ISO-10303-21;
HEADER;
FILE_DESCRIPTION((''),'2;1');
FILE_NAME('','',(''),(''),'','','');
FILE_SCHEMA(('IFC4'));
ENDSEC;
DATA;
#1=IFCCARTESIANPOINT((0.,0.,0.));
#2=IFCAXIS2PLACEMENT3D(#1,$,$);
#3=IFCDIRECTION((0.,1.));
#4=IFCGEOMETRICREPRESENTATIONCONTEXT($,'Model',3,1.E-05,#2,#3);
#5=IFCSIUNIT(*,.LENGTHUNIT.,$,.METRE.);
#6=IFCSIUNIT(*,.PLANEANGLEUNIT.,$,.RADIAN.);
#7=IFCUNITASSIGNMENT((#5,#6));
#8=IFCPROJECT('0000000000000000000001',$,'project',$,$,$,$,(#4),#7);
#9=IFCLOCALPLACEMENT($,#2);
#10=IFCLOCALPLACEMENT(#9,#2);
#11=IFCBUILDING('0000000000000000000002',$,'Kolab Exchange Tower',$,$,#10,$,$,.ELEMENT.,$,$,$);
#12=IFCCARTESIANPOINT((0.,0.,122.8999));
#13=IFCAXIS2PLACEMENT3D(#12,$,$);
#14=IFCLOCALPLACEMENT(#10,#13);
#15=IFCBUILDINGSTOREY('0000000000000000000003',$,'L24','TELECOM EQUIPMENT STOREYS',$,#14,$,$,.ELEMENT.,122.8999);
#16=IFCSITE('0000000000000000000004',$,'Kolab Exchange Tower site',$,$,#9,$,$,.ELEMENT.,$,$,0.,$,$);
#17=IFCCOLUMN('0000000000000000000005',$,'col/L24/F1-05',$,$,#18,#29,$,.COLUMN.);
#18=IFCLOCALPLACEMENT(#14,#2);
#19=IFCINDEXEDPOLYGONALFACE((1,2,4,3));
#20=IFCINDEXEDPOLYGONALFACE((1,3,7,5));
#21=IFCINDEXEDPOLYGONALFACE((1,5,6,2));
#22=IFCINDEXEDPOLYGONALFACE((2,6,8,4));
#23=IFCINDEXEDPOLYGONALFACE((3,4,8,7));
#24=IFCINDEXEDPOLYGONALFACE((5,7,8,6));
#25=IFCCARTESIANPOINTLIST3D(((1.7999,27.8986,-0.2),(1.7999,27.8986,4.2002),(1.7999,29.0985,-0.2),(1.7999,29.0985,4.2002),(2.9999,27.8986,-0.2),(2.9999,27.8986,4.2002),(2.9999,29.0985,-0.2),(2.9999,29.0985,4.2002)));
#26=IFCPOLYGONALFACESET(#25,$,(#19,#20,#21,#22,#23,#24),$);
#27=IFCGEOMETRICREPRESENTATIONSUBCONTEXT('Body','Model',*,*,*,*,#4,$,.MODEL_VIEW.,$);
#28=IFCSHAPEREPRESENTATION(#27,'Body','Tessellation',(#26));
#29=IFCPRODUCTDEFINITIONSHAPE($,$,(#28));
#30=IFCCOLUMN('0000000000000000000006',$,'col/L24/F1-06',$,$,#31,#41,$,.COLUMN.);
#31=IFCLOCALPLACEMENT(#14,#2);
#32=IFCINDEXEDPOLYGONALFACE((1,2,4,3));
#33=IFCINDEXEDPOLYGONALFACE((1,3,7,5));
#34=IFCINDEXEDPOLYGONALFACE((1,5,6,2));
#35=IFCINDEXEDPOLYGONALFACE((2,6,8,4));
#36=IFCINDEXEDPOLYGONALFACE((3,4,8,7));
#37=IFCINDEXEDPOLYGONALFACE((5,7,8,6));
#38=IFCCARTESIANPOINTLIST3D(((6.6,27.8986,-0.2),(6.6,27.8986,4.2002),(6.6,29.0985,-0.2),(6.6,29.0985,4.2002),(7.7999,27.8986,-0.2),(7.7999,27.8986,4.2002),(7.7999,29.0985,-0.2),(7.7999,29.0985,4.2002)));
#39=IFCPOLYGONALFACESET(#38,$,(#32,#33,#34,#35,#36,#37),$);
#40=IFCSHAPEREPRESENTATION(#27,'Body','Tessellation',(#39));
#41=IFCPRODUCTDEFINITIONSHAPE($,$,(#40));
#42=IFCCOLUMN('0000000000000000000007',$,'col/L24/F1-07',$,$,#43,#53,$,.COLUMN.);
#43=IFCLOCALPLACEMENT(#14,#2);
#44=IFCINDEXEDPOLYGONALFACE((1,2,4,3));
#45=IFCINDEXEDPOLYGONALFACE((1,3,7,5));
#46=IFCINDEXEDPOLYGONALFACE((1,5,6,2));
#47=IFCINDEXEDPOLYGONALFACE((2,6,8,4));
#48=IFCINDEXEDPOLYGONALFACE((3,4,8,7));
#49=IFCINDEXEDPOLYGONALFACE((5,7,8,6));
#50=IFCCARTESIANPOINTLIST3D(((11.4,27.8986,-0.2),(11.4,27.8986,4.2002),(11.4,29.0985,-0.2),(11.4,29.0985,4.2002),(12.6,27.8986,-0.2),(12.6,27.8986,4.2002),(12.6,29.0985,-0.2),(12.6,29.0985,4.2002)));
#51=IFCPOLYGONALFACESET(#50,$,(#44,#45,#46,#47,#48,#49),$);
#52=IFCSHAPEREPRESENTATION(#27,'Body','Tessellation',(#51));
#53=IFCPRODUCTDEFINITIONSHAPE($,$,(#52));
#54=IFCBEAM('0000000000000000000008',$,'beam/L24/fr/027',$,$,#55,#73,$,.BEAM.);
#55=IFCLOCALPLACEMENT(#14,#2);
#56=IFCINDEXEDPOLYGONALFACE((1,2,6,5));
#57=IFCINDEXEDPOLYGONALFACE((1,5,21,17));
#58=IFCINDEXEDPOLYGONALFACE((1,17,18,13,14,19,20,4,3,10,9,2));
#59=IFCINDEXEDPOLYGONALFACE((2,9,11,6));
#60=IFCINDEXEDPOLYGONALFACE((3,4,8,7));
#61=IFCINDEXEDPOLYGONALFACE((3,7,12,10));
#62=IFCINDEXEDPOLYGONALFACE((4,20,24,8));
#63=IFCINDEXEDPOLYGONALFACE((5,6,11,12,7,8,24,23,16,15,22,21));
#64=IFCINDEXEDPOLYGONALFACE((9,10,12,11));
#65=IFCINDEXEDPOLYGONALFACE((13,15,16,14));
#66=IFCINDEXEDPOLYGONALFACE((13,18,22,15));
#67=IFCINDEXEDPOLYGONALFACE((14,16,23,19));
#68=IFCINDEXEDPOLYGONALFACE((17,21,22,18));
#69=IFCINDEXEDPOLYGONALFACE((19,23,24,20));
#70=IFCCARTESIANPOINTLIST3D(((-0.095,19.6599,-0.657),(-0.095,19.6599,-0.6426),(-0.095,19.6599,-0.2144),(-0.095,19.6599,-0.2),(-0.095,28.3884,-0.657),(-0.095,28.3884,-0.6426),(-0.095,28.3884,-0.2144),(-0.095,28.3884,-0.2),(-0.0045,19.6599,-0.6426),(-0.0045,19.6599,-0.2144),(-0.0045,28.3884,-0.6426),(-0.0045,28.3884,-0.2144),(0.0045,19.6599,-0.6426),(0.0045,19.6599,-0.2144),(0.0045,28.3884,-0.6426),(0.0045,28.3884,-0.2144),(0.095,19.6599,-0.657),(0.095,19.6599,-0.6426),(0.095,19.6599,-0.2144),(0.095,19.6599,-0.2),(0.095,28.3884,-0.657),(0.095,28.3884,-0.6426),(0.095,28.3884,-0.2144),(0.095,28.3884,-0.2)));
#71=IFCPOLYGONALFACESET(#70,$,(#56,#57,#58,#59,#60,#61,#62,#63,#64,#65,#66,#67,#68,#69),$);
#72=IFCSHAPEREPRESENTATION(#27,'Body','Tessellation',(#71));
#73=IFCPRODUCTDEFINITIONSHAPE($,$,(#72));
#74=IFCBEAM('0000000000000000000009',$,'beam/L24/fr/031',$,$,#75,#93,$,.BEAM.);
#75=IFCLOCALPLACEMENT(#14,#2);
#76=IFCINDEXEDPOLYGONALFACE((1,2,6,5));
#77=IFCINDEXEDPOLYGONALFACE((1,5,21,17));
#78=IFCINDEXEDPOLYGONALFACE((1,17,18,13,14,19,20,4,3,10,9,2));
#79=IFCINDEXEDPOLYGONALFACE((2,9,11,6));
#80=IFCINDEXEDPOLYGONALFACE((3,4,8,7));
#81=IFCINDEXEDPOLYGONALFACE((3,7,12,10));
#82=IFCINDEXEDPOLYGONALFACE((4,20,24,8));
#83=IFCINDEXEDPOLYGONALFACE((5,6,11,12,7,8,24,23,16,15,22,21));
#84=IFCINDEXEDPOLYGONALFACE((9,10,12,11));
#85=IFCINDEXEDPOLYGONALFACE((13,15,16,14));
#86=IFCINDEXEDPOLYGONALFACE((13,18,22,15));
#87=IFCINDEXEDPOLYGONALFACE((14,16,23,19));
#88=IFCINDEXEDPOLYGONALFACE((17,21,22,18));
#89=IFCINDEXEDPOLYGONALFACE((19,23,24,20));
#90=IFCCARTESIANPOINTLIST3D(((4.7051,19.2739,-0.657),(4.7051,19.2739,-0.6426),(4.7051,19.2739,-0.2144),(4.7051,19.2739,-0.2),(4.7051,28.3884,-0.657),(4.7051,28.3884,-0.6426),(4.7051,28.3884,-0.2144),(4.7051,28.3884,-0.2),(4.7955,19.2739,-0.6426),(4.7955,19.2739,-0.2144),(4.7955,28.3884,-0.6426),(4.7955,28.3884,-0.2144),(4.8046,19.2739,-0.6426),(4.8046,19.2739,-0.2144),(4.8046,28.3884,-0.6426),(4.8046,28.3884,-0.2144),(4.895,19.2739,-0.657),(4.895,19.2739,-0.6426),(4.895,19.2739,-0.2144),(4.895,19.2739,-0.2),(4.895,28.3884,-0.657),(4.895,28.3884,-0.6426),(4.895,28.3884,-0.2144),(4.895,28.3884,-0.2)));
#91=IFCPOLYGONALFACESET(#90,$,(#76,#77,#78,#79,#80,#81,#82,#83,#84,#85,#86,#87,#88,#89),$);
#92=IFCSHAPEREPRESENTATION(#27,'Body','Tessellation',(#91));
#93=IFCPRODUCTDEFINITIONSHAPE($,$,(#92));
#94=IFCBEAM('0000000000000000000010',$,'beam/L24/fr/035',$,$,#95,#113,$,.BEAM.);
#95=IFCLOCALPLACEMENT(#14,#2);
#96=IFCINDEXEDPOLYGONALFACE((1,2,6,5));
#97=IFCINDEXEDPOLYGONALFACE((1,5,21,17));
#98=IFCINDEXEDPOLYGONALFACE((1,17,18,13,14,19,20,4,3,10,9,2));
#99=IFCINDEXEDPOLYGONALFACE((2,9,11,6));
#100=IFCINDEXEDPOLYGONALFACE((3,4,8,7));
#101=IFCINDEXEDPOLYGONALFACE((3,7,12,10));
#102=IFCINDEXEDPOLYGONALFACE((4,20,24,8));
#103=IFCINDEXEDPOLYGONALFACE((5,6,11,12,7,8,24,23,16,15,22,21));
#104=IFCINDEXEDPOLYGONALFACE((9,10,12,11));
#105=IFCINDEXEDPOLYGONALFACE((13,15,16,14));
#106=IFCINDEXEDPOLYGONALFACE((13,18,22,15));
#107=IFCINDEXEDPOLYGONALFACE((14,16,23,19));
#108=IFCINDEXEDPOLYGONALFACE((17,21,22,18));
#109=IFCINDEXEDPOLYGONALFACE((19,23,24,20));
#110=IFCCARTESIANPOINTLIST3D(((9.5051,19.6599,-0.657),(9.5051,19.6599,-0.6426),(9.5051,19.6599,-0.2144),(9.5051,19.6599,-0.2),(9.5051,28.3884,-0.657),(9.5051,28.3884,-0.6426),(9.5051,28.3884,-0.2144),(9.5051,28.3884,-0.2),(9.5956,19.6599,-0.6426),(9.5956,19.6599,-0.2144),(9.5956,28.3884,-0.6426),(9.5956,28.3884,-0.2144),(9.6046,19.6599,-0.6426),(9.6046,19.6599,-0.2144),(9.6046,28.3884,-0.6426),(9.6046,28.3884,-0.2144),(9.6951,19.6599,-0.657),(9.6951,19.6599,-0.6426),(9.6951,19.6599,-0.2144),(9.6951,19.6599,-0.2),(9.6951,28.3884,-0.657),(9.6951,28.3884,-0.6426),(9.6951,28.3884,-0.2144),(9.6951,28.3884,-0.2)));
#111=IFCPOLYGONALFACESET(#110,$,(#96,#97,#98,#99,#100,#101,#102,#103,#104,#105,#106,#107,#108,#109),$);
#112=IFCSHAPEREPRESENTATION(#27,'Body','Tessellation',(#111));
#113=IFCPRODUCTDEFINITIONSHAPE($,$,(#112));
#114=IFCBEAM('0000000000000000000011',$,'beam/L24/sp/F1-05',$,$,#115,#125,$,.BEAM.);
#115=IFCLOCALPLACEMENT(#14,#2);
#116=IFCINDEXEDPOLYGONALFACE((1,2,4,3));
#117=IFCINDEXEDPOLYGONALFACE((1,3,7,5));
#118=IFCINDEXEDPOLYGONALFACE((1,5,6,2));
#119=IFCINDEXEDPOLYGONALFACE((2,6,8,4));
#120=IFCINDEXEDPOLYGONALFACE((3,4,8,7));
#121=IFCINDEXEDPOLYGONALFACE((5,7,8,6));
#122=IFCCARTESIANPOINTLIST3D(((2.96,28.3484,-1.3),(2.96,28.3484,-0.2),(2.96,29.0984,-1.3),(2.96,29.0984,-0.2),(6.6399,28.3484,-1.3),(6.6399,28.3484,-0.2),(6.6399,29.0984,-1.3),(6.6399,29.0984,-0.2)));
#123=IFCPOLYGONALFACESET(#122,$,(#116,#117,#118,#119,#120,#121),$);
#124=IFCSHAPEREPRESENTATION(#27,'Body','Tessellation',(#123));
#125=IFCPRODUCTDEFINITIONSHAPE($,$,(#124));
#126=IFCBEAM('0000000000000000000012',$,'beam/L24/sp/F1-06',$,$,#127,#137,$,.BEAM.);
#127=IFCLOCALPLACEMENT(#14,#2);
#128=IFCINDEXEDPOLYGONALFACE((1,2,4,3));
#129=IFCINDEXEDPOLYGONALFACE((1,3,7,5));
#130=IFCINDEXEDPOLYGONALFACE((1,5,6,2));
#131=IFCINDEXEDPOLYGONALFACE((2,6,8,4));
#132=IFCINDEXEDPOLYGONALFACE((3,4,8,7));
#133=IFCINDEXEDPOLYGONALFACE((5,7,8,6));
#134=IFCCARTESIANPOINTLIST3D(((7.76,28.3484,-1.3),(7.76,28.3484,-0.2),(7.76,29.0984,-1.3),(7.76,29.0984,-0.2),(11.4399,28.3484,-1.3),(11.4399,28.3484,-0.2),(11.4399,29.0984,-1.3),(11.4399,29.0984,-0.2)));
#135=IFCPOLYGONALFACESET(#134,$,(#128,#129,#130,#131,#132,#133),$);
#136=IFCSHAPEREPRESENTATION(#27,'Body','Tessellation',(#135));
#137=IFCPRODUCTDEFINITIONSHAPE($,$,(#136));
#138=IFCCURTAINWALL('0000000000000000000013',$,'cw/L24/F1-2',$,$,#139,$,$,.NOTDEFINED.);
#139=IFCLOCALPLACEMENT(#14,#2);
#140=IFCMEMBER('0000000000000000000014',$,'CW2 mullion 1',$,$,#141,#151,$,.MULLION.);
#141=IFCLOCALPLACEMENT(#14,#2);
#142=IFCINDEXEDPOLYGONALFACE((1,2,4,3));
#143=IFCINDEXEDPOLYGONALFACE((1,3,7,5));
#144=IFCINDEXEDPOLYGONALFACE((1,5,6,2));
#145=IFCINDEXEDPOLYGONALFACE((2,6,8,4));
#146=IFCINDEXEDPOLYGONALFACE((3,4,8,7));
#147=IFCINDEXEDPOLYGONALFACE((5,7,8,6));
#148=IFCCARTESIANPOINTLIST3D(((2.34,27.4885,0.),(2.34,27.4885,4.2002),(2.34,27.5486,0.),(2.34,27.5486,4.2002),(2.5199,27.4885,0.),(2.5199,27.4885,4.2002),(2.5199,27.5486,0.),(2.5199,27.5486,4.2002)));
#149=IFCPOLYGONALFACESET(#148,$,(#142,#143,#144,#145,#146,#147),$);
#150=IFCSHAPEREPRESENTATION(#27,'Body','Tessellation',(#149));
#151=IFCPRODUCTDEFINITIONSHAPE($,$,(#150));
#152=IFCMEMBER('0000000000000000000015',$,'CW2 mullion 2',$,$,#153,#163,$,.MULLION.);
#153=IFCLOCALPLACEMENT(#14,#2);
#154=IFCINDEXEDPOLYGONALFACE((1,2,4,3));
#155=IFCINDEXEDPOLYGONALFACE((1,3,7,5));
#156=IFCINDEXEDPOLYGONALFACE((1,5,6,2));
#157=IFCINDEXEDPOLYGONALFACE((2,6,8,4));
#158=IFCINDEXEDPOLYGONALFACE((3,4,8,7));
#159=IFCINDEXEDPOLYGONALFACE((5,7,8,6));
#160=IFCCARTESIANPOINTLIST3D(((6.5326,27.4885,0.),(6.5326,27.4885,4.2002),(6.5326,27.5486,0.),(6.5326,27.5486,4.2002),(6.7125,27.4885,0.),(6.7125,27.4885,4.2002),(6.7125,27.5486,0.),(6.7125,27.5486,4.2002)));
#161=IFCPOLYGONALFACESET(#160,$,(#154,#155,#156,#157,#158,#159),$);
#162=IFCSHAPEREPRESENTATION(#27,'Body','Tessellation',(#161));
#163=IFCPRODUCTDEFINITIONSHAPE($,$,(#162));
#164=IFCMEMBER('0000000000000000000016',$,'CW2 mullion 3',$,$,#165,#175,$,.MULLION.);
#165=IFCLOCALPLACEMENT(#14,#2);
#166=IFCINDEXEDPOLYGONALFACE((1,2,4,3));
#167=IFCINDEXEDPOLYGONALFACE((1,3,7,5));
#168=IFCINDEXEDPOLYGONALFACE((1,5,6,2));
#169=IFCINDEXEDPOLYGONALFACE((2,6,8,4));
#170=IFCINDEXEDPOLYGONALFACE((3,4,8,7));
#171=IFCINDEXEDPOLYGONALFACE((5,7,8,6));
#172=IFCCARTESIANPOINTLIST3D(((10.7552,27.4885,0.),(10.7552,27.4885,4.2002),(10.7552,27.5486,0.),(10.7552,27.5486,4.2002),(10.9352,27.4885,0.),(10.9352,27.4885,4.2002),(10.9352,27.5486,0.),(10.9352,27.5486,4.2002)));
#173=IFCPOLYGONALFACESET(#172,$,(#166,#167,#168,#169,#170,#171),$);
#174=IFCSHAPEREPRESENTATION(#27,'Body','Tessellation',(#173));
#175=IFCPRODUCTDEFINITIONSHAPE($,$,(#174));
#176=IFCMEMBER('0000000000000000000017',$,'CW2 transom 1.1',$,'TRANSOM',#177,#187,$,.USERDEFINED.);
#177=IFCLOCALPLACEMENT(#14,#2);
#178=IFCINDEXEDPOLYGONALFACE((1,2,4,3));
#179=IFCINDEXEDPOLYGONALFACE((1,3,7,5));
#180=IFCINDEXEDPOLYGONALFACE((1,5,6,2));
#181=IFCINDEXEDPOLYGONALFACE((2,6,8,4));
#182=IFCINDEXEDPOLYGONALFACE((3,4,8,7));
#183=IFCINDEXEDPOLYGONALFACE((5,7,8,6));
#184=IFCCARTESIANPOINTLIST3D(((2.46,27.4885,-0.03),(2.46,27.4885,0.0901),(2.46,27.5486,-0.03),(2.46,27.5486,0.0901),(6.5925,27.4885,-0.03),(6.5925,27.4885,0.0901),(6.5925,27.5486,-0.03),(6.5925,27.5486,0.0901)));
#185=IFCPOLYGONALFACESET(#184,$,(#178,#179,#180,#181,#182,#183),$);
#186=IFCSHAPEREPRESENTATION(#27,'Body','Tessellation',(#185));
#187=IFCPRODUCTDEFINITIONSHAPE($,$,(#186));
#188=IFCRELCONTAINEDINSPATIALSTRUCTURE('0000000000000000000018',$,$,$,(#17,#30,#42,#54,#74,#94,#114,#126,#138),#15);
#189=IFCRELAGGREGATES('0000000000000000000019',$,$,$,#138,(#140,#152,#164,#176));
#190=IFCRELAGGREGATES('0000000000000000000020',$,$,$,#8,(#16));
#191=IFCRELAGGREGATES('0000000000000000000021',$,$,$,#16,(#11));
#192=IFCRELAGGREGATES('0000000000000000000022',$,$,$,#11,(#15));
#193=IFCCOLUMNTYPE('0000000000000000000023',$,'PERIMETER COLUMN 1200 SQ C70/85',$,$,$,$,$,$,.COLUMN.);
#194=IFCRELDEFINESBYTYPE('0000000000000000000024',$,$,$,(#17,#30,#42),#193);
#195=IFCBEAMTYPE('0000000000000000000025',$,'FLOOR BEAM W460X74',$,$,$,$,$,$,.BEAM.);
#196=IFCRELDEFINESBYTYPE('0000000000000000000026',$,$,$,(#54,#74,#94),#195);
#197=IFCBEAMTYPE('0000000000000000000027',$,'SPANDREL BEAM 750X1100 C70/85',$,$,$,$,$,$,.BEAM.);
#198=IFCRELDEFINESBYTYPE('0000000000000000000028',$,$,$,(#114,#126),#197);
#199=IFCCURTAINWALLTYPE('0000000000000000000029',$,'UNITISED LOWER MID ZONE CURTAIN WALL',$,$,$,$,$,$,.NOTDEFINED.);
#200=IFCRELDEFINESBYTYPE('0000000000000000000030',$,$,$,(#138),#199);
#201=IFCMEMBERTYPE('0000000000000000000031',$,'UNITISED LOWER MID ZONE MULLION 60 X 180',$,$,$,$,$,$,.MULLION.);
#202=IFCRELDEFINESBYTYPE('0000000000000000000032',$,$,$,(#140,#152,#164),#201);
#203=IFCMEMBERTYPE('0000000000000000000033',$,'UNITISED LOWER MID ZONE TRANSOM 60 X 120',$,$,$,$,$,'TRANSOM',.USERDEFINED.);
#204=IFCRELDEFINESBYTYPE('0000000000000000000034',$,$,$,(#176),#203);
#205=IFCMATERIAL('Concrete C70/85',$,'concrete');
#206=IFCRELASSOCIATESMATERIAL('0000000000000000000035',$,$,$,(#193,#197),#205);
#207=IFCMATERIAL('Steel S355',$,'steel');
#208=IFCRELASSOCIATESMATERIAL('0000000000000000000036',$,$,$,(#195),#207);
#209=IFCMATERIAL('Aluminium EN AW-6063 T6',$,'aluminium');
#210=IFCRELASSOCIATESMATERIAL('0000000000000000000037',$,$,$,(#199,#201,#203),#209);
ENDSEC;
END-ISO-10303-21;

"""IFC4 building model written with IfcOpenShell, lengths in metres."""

from ifc_helpers import new_model, si_unit, direction, frame, origin, origin_2d, place, context, subcontext, project, spatial, rectangle, i_section, extrude, material, material_profile, profile_set, type_object, element, aggregate, save


model = new_model("IFC4")

# Units and contexts
model_context = context("Model", 3, precision=1e-05, world=origin(), true_north=direction((0.0, 1.0)))
body_context = subcontext(model_context, "Body", "Model", "MODEL_VIEW")
ifc_project = project(units=[si_unit("LENGTHUNIT", "METRE"), si_unit("PLANEANGLEUNIT", "RADIAN")], contexts=[model_context])

# Site, building, storey
site_placement = place(None, origin())
site = spatial("IfcSite", under=ifc_project, at=site_placement, Name="Kolab Exchange Tower site", CompositionType="ELEMENT", RefElevation=0.0)
building_placement = place(site_placement, origin())
building = spatial("IfcBuilding", under=site, at=building_placement, Name="Kolab Exchange Tower", CompositionType="ELEMENT")
storey_placement = place(building_placement, frame((0.0, 0.0, 122.8999)))
storey = spatial("IfcBuildingStorey", under=building, at=storey_placement, Name="L24", Description="TELECOM EQUIPMENT STOREYS", CompositionType="ELEMENT", Elevation=122.8999)

# Columns
ifc_material_1 = material(Name="Concrete C70/85", Category="concrete")
ifc_material_profile_1 = material_profile(ifc_material_1, rectangle(XDim=1.2, YDim=1.2, at=origin_2d()), Name="RC1200")
ifc_profile_set_1 = profile_set([ifc_material_profile_1], Name="Concrete C70/85")
column_type = type_object("IfcColumnType", Name="PERIMETER COLUMN 1200 SQ C70/85", PredefinedType="COLUMN", material=ifc_profile_set_1)
for number, where, z_axis, x_axis, name in (
    (1, (2.3999, 28.4985, -0.2), (0.0, 0.0, 1.0), (1.0, 0.0, 0.0), "col/L24/F1-05"),
    (2, (7.2, 28.4985, -0.2), (0.0, 0.0, 1.0), (1.0, 0.0, 0.0), "col/L24/F1-06"),
    (3, (12.0, 28.4985, -0.2), (0.0, 0.0, 1.0), (1.0, 0.0, 0.0), "col/L24/F1-07"),
):
    element("IfcColumn", number, at=place(storey_placement, frame(where, z_axis=z_axis, x_axis=x_axis)), inside=storey, type_object=column_type, Name=name, PredefinedType="COLUMN", context=body_context, shape_type="SweptSolid", body=[
        extrude(rectangle(XDim=1.2, YDim=1.2, at=origin_2d()), origin(), (0.0, 0.0, 1.0), 4.4001),
    ])

# Beams
ifc_material_2 = material(Name="Steel S355", Category="steel")
ifc_material_profile_2 = material_profile(ifc_material_2, i_section(OverallWidth=0.1899, OverallDepth=0.457, WebThickness=0.009, FlangeThickness=0.0144, at=origin_2d()), Name="W460X74")
ifc_profile_set_2 = profile_set([ifc_material_profile_2], Name="Steel S355")
beam_type_1 = type_object("IfcBeamType", Name="FLOOR BEAM W460X74", PredefinedType="BEAM", material=ifc_profile_set_2)
beam_1_placement = place(storey_placement, frame((0.0, 19.6599, -0.4285), z_axis=(0.0, 1.0, 0.0), x_axis=(-1.0, 0.0, 0.0)))
element("IfcBeam", 4, at=beam_1_placement, inside=storey, type_object=beam_type_1, Name="beam/L24/fr/027", PredefinedType="BEAM", context=body_context, shape_type="SweptSolid", body=[
    extrude(i_section(OverallWidth=0.1899, OverallDepth=0.457, WebThickness=0.009, FlangeThickness=0.0144, at=origin_2d()), origin(), (0.0, 0.0, 1.0), 8.7285),
])
beam_2_placement = place(storey_placement, frame((4.8, 19.2739, -0.4285), z_axis=(0.0, 1.0, 0.0), x_axis=(-1.0, 0.0, 0.0)))
element("IfcBeam", 5, at=beam_2_placement, inside=storey, type_object=beam_type_1, Name="beam/L24/fr/031", PredefinedType="BEAM", context=body_context, shape_type="SweptSolid", body=[
    extrude(i_section(OverallWidth=0.1899, OverallDepth=0.457, WebThickness=0.009, FlangeThickness=0.0144, at=origin_2d()), origin(), (0.0, 0.0, 1.0), 9.1145),
])
beam_3_placement = place(storey_placement, frame((9.6001, 19.6599, -0.4285), z_axis=(0.0, 1.0, 0.0), x_axis=(-1.0, 0.0, 0.0)))
element("IfcBeam", 6, at=beam_3_placement, inside=storey, type_object=beam_type_1, Name="beam/L24/fr/035", PredefinedType="BEAM", context=body_context, shape_type="SweptSolid", body=[
    extrude(i_section(OverallWidth=0.1899, OverallDepth=0.457, WebThickness=0.009, FlangeThickness=0.0144, at=origin_2d()), origin(), (0.0, 0.0, 1.0), 8.7285),
])
ifc_material_profile_3 = material_profile(ifc_material_1, rectangle(XDim=0.75, YDim=1.1001, at=origin_2d()), Name="RC750X1100")
ifc_profile_set_3 = profile_set([ifc_material_profile_3], Name="Concrete C70/85")
beam_type_2 = type_object("IfcBeamType", Name="SPANDREL BEAM 750X1100 C70/85", PredefinedType="BEAM", material=ifc_profile_set_3)
for number, where, z_axis, x_axis, name in (
    (7, (2.96, 28.7234, -0.75), (1.0, 0.0, 0.0), (0.0, 1.0, 0.0), "beam/L24/sp/F1-05"),
    (8, (7.76, 28.7234, -0.75), (1.0, 0.0, 0.0), (0.0, 1.0, 0.0), "beam/L24/sp/F1-06"),
):
    element("IfcBeam", number, at=place(storey_placement, frame(where, z_axis=z_axis, x_axis=x_axis)), inside=storey, type_object=beam_type_2, Name=name, PredefinedType="BEAM", context=body_context, shape_type="SweptSolid", body=[
        extrude(rectangle(XDim=0.75, YDim=1.1001, at=origin_2d()), origin(), (0.0, 0.0, 1.0), 3.6799),
    ])

# Curtain wall, members
ifc_material_3 = material(Name="Aluminium EN AW-6063 T6", Category="aluminium")
curtain_wall_type = type_object("IfcCurtainWallType", Name="UNITISED LOWER MID ZONE CURTAIN WALL", PredefinedType="NOTDEFINED", material=ifc_material_3)
curtain_wall_placement = place(storey_placement, origin())
curtain_wall = element("IfcCurtainWall", 9, at=curtain_wall_placement, inside=storey, type_object=curtain_wall_type, Name="cw/L24/F1-2", PredefinedType="NOTDEFINED")
ifc_material_profile_4 = material_profile(ifc_material_3, rectangle(XDim=0.0601, YDim=0.1799, at=origin_2d()), Name="RECT 60X180")
ifc_profile_set_4 = profile_set([ifc_material_profile_4], Name="Aluminium EN AW-6063 T6")
member_type_1 = type_object("IfcMemberType", Name="UNITISED LOWER MID ZONE MULLION 60 X 180", PredefinedType="MULLION", material=ifc_profile_set_4)
member_1_placement = place(storey_placement, frame((2.4299, 27.5186, 0.0), z_axis=(0.0, 0.0, 1.0), x_axis=(0.0, 1.0, 0.0)))
member_1 = element("IfcMember", 10, at=member_1_placement, type_object=member_type_1, Name="CW2 mullion 1", PredefinedType="MULLION", context=body_context, shape_type="SweptSolid", body=[
    extrude(rectangle(XDim=0.0601, YDim=0.1799, at=origin_2d()), origin(), (0.0, 0.0, 1.0), 4.2002),
])
member_2_placement = place(storey_placement, frame((6.6226, 27.5186, 0.0), z_axis=(0.0, 0.0, 1.0), x_axis=(0.0, 1.0, 0.0)))
member_2 = element("IfcMember", 11, at=member_2_placement, type_object=member_type_1, Name="CW2 mullion 2", PredefinedType="MULLION", context=body_context, shape_type="SweptSolid", body=[
    extrude(rectangle(XDim=0.0601, YDim=0.1799, at=origin_2d()), origin(), (0.0, 0.0, 1.0), 4.2002),
])
member_3_placement = place(storey_placement, frame((10.8452, 27.5186, 0.0), z_axis=(0.0, 0.0, 1.0), x_axis=(0.0, 1.0, 0.0)))
member_3 = element("IfcMember", 12, at=member_3_placement, type_object=member_type_1, Name="CW2 mullion 3", PredefinedType="MULLION", context=body_context, shape_type="SweptSolid", body=[
    extrude(rectangle(XDim=0.0601, YDim=0.1799, at=origin_2d()), origin(), (0.0, 0.0, 1.0), 4.2002),
])
ifc_material_profile_5 = material_profile(ifc_material_3, rectangle(XDim=0.0601, YDim=0.1201, at=origin_2d()), Name="RECT 60X120")
ifc_profile_set_5 = profile_set([ifc_material_profile_5], Name="Aluminium EN AW-6063 T6")
member_type_2 = type_object("IfcMemberType", Name="UNITISED LOWER MID ZONE TRANSOM 60 X 120", ElementType="TRANSOM", PredefinedType="USERDEFINED", material=ifc_profile_set_5)
member_4_placement = place(storey_placement, frame((2.46, 27.5186, 0.03), z_axis=(1.0, 0.0, 0.0), x_axis=(0.0, 1.0, 0.0)))
member_4 = element("IfcMember", 13, at=member_4_placement, type_object=member_type_2, Name="CW2 transom 1.1", ObjectType="TRANSOM", PredefinedType="USERDEFINED", context=body_context, shape_type="SweptSolid", body=[
    extrude(rectangle(XDim=0.0601, YDim=0.1201, at=origin_2d()), origin(), (0.0, 0.0, 1.0), 4.1326),
])
aggregate(curtain_wall, [member_1, member_2, member_3, member_4])

save(model, "model.ifc")
